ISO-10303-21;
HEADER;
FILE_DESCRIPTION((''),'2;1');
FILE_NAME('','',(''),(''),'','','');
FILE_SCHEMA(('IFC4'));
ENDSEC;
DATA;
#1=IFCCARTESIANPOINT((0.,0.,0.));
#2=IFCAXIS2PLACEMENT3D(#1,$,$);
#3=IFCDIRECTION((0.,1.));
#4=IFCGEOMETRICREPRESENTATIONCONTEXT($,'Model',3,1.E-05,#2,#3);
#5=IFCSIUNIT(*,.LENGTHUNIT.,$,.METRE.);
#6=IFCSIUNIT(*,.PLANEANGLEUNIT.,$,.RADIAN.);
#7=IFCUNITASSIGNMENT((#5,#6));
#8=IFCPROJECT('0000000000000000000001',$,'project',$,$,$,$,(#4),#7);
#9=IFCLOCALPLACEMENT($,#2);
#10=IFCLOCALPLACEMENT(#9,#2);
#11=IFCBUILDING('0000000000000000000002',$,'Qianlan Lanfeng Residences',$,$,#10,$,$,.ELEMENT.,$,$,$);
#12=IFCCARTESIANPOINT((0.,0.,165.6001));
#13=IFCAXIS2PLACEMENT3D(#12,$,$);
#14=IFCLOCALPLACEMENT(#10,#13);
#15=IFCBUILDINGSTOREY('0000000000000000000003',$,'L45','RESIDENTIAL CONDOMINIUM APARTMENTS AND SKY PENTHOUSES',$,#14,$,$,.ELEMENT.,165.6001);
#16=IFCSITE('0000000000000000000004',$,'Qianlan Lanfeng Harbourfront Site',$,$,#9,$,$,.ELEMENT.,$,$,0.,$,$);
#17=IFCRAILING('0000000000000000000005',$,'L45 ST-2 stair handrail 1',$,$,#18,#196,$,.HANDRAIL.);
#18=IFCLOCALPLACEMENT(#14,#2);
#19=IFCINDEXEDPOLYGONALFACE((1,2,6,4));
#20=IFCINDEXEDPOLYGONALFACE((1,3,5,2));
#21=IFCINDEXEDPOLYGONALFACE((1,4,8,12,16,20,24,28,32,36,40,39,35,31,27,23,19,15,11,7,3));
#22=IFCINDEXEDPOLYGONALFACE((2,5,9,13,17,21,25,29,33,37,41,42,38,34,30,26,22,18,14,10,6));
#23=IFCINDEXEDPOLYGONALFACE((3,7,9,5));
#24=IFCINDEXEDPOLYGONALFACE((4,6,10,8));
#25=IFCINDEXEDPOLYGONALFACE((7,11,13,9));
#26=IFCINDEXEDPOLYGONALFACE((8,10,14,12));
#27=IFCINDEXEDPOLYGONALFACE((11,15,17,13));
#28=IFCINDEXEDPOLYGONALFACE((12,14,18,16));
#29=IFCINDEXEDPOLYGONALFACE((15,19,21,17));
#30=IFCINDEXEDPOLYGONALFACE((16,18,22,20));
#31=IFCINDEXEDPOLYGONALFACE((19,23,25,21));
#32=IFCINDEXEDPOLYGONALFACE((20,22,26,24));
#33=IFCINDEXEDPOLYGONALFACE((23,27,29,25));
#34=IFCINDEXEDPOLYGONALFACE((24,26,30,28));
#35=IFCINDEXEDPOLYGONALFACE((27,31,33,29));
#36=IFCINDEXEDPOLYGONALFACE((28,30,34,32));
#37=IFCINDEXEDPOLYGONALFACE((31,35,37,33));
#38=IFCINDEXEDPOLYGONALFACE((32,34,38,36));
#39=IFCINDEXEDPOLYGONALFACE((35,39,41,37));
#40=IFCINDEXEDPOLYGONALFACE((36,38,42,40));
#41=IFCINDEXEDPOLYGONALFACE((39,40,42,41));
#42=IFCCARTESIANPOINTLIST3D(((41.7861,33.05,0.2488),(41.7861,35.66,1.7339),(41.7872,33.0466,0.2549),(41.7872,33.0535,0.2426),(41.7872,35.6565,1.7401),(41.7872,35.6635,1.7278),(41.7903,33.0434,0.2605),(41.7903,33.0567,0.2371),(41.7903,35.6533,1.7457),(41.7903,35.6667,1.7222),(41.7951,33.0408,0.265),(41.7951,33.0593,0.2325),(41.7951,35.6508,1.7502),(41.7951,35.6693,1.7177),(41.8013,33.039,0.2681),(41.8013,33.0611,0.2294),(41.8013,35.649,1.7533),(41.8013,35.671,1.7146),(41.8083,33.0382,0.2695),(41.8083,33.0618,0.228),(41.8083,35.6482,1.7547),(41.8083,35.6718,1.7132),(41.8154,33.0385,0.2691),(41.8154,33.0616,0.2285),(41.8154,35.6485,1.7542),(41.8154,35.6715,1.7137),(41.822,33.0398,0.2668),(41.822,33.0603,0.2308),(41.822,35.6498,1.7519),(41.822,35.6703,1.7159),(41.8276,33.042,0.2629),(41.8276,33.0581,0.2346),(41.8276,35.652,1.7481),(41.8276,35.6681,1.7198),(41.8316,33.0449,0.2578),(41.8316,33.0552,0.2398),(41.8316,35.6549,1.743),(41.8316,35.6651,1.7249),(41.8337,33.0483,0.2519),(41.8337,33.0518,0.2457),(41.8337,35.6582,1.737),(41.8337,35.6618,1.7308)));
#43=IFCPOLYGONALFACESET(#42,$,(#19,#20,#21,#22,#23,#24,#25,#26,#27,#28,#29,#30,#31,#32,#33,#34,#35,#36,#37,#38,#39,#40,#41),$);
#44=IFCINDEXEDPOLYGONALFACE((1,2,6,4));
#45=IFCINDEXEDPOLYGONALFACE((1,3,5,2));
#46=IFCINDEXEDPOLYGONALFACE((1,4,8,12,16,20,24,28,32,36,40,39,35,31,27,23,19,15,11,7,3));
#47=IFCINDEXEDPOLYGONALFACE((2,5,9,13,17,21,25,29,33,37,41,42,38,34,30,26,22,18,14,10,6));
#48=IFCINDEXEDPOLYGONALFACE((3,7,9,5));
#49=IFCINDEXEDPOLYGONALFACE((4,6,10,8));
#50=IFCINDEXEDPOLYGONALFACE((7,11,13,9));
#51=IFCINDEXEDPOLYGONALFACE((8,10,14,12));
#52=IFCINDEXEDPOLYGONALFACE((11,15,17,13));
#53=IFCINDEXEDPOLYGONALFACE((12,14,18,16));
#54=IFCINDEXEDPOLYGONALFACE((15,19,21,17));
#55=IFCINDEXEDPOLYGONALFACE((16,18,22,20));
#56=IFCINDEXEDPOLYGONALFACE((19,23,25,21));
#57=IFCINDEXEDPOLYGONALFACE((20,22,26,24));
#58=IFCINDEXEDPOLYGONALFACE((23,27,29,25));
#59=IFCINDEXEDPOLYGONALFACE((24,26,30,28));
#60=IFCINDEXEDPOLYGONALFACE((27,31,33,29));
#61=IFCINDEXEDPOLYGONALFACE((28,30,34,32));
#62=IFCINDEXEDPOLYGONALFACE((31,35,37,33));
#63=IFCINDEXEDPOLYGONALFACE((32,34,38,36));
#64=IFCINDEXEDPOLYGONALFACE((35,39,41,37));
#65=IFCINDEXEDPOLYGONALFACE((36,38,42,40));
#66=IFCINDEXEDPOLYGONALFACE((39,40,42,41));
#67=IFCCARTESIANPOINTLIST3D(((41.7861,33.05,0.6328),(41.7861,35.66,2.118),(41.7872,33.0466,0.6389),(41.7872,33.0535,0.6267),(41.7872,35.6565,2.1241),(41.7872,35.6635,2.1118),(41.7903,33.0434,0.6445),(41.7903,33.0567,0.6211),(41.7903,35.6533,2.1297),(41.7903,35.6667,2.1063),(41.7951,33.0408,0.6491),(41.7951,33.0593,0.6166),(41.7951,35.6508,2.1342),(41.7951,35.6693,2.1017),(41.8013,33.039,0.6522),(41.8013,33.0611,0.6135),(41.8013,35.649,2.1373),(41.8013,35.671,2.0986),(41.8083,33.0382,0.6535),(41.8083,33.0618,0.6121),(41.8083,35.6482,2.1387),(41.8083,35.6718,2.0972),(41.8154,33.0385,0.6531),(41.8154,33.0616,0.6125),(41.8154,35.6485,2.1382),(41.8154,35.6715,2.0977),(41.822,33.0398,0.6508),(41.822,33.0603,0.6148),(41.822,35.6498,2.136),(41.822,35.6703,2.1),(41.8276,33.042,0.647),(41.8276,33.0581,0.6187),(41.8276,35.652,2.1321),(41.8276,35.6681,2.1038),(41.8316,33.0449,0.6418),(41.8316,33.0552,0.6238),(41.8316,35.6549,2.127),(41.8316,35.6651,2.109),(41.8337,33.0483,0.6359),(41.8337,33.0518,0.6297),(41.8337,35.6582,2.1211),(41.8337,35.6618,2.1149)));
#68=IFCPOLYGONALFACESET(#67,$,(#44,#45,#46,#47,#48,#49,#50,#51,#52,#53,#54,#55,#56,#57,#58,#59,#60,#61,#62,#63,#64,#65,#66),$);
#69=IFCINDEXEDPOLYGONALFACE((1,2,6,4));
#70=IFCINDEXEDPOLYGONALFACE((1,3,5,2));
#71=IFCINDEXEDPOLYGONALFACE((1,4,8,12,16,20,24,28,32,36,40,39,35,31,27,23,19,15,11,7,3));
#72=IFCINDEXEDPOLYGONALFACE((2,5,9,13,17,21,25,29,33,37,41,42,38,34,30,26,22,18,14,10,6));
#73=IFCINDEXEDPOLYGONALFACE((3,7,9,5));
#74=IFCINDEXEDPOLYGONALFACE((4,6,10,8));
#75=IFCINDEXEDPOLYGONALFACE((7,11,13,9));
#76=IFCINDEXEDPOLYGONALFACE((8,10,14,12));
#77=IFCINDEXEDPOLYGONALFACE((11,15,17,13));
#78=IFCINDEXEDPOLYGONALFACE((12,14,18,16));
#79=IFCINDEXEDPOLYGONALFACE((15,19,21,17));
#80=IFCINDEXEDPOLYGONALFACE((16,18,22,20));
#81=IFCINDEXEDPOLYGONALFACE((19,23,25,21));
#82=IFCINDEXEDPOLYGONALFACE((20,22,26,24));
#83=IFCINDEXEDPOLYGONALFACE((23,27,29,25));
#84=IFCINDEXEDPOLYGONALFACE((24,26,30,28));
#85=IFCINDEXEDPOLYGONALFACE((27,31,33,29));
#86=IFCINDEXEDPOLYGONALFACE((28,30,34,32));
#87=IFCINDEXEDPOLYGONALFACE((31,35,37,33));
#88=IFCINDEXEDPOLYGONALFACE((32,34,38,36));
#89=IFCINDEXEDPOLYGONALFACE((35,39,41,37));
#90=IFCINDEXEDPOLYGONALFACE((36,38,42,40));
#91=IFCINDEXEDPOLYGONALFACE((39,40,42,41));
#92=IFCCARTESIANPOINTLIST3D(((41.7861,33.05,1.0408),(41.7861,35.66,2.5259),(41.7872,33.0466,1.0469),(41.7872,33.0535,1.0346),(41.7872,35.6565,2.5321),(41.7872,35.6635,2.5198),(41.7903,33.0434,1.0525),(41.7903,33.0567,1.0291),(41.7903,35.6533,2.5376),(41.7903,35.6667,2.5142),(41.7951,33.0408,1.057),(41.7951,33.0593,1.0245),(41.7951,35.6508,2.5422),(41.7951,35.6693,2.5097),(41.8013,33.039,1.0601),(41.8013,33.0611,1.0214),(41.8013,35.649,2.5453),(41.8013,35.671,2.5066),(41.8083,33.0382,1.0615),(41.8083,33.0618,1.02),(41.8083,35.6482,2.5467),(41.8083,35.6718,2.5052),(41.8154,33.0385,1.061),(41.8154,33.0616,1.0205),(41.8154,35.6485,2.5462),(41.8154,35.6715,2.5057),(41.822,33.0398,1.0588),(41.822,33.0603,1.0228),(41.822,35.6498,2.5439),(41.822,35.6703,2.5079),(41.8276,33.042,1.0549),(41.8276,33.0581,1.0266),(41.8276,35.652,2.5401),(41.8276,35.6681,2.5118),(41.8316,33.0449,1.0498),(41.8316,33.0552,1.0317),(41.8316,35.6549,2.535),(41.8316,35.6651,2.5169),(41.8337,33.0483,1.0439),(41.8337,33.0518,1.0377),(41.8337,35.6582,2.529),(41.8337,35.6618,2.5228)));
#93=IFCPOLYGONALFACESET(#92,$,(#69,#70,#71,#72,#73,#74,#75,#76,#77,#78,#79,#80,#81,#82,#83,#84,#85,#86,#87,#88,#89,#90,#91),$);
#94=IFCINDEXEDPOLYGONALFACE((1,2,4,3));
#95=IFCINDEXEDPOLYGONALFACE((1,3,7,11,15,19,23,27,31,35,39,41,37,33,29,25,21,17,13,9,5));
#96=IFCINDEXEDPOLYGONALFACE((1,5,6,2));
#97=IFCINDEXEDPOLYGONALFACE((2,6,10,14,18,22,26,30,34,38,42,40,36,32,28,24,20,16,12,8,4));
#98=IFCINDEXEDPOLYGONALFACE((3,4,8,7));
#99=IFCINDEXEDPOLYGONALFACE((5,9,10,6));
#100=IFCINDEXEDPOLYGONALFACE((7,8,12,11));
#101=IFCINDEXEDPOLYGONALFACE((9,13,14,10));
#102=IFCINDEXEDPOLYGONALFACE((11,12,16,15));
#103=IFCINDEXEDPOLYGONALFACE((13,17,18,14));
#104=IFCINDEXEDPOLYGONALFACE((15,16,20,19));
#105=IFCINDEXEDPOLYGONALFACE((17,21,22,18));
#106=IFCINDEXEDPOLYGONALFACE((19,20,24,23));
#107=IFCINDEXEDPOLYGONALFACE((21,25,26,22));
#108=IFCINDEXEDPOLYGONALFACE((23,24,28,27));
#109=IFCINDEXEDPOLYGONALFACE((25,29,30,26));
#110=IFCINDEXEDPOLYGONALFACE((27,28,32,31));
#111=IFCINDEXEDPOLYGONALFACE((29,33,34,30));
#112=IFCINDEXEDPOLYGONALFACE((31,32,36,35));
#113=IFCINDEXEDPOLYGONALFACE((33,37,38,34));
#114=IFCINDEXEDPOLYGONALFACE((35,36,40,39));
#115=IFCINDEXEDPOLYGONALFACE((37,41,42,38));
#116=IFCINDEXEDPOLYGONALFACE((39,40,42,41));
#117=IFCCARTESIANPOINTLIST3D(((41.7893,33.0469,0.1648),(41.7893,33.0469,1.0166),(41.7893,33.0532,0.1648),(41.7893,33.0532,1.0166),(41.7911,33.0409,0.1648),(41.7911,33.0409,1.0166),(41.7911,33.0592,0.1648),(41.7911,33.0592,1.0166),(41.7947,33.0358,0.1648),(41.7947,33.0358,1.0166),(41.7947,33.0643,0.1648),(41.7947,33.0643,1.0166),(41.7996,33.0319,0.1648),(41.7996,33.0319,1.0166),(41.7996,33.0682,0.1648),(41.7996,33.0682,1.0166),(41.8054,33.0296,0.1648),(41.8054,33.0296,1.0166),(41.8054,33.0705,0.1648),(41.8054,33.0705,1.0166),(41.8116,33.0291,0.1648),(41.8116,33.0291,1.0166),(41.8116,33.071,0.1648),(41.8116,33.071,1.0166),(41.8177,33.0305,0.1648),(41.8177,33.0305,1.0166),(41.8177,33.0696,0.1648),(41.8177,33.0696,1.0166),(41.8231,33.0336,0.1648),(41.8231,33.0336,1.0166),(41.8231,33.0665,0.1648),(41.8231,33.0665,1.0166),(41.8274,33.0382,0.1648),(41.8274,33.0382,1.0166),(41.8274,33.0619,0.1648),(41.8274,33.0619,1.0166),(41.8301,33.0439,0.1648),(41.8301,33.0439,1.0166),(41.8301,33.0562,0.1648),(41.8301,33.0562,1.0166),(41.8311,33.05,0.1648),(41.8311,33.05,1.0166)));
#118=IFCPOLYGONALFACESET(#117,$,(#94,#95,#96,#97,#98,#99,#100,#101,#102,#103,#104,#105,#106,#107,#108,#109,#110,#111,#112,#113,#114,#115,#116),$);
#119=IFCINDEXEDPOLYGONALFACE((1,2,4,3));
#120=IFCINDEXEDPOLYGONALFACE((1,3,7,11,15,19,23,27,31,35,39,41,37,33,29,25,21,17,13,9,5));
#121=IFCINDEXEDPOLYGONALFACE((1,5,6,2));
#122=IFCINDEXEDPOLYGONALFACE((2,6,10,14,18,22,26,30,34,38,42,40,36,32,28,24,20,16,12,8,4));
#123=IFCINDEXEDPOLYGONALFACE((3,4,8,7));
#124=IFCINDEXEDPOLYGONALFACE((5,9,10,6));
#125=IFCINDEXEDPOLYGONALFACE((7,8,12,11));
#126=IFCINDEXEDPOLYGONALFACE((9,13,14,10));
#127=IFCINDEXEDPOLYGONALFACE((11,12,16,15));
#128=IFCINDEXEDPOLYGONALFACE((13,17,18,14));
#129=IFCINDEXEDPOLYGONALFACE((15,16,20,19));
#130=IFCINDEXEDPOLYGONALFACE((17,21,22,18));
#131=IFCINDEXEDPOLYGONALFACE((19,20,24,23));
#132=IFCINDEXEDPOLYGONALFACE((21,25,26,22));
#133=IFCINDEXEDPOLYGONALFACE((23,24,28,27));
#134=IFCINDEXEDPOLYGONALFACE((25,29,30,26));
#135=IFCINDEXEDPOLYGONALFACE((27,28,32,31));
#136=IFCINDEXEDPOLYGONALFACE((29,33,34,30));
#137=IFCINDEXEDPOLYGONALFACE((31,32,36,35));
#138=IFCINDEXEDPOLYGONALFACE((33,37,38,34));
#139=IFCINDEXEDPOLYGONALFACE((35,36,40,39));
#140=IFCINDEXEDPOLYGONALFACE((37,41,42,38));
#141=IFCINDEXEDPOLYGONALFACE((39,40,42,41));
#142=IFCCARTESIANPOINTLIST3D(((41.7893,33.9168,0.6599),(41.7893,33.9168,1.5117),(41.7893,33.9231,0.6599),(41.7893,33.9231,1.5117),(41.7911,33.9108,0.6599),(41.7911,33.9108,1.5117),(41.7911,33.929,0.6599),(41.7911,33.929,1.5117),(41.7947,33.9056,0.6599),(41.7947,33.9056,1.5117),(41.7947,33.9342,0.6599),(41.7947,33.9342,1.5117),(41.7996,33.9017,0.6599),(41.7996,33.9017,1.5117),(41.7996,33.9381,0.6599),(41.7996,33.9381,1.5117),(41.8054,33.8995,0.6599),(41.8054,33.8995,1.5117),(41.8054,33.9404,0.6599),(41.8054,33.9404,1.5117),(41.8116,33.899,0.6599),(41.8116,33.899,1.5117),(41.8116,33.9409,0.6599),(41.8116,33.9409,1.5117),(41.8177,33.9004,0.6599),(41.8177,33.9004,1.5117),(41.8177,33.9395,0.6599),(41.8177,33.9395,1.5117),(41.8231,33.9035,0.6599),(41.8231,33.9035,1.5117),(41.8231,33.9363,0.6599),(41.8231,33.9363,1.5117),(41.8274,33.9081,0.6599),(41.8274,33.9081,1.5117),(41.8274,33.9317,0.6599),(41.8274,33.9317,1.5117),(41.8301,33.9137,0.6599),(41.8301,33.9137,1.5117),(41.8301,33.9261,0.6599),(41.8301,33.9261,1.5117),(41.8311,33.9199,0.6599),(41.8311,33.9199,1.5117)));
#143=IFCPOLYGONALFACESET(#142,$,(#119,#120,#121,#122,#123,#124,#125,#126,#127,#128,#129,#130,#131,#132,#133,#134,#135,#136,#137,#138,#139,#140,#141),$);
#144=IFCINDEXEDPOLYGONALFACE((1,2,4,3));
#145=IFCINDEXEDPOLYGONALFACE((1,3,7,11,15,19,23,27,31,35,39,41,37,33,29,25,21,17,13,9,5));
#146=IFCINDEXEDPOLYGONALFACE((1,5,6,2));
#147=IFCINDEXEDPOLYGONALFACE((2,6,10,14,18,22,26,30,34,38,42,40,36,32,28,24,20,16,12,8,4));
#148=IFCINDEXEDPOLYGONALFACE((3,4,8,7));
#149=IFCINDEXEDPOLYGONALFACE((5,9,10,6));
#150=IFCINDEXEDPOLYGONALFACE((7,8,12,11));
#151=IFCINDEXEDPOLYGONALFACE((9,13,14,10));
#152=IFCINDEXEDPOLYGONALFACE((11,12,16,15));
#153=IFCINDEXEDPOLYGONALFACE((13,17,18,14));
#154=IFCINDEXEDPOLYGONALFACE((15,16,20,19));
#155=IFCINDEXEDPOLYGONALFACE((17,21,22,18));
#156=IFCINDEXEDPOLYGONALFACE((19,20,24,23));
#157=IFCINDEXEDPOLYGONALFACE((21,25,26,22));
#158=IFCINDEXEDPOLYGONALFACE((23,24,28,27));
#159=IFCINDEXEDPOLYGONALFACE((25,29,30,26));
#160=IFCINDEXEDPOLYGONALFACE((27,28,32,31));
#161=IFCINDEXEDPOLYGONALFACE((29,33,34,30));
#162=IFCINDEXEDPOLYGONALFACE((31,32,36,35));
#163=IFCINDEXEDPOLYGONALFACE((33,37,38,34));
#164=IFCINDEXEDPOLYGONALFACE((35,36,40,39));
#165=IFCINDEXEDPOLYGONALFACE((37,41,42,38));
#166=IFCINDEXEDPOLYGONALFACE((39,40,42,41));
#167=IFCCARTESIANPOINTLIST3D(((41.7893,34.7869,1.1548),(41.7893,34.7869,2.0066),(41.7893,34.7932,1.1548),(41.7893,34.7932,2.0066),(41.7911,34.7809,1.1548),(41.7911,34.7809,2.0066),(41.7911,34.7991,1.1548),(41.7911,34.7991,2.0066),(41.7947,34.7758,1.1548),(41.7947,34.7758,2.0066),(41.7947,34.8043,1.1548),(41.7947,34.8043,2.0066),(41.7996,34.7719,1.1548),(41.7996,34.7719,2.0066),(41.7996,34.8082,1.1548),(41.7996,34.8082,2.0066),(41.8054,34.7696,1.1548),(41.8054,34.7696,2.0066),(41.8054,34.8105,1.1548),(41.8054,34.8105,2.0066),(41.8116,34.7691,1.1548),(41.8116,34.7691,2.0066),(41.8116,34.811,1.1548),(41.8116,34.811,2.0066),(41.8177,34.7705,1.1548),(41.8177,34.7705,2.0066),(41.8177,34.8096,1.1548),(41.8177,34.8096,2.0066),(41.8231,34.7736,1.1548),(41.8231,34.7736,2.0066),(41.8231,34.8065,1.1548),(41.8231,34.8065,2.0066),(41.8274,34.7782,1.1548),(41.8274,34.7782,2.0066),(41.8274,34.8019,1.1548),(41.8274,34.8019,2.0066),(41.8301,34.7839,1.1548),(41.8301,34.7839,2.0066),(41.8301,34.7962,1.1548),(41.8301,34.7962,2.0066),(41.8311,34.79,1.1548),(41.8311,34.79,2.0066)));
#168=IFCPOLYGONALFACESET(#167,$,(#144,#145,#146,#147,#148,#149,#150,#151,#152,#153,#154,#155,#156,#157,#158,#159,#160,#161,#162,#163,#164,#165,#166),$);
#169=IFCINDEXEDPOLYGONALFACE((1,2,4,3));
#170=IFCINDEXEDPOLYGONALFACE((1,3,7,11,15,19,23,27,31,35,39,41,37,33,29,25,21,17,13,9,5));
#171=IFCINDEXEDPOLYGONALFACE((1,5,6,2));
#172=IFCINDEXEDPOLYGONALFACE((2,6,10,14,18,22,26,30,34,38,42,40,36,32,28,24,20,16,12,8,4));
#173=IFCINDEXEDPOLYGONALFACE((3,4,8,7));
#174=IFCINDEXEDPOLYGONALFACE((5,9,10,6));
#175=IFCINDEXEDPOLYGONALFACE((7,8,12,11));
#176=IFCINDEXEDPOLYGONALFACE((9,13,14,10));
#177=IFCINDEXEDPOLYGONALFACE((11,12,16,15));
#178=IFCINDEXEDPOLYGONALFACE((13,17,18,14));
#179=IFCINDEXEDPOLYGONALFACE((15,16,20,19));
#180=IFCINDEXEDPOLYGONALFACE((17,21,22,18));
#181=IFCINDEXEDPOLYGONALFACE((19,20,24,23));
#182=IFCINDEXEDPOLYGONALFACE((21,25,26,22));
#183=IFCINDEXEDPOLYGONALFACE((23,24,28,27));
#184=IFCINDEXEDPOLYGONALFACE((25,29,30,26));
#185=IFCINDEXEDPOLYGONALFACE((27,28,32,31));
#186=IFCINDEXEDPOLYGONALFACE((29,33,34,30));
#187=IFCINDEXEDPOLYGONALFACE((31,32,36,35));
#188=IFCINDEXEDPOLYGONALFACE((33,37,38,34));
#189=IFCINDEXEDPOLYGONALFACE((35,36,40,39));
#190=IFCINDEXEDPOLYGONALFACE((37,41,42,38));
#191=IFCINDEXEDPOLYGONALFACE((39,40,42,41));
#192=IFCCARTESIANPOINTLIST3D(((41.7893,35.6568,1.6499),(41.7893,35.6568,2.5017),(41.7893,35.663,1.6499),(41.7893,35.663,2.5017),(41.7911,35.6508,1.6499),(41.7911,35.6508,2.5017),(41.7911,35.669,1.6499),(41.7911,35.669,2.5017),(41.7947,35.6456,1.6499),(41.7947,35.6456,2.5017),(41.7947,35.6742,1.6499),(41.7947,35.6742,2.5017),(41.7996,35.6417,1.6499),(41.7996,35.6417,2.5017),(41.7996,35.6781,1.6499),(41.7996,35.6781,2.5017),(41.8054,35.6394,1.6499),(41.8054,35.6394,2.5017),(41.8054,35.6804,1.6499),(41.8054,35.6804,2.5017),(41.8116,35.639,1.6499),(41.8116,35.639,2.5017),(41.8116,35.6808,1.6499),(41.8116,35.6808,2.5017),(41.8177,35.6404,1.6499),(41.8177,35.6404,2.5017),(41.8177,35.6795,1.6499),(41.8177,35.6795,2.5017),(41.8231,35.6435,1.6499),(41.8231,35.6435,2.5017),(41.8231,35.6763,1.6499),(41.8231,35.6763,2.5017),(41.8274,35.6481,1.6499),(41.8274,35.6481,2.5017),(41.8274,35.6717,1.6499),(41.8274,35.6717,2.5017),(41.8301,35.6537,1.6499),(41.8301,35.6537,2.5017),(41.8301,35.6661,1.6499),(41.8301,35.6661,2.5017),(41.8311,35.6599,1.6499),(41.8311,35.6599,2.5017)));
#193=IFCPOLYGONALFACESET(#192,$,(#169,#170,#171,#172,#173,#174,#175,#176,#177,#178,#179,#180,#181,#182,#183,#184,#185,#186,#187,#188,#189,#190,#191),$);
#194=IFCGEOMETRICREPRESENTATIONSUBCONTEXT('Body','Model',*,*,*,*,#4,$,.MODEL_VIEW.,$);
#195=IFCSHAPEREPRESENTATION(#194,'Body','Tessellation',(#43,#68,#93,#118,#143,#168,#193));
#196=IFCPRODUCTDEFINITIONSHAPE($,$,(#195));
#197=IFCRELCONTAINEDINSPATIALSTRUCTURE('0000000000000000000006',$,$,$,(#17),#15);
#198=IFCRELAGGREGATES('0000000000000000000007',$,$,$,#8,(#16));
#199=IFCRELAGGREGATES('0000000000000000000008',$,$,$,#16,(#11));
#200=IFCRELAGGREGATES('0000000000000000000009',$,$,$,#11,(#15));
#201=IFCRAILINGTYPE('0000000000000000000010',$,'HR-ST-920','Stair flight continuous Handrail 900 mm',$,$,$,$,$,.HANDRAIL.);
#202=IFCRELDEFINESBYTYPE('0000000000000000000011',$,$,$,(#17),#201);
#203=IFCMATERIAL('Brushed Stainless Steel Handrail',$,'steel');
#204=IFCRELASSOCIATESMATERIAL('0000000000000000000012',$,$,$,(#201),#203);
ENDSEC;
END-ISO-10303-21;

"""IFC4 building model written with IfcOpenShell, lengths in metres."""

from ifc_helpers import new_model, si_unit, direction, frame, origin, origin_2d, place, context, subcontext, project, spatial, circle, extrude, material, type_object, element, save


model = new_model("IFC4")

# Units and contexts
model_context = context("Model", 3, precision=1e-05, world=origin(), true_north=direction((0.0, 1.0)))
body_context = subcontext(model_context, "Body", "Model", "MODEL_VIEW")
ifc_project = project(units=[si_unit("LENGTHUNIT", "METRE"), si_unit("PLANEANGLEUNIT", "RADIAN")], contexts=[model_context])

# Site, building, storey
site_placement = place(None, origin())
site = spatial("IfcSite", under=ifc_project, at=site_placement, Name="Qianlan Lanfeng Harbourfront Site", CompositionType="ELEMENT", RefElevation=0.0)
building_placement = place(site_placement, origin())
building = spatial("IfcBuilding", under=site, at=building_placement, Name="Qianlan Lanfeng Residences", CompositionType="ELEMENT")
storey_placement = place(building_placement, frame((0.0, 0.0, 165.6001)))
storey = spatial("IfcBuildingStorey", under=building, at=storey_placement, Name="L45", Description="RESIDENTIAL CONDOMINIUM APARTMENTS AND SKY PENTHOUSES", CompositionType="ELEMENT", Elevation=165.6001)

# Railing
ifc_material_1 = material(Name="Brushed Stainless Steel Handrail", Category="steel")
railing_type_1 = type_object("IfcRailingType", Name="HR-ST-920", Description="Stair flight continuous Handrail 900 mm", PredefinedType="HANDRAIL", material=ifc_material_1)
railing_1_placement = place(storey_placement, frame((41.8101, 33.05, 0.1648)))
element("IfcRailing", 1, at=railing_1_placement, inside=storey, type_object=railing_type_1, Name="L45 ST-2 stair handrail 1", PredefinedType="HANDRAIL", context=body_context, shape_type="SweptSolid", body=[
    extrude(circle(Radius=0.0239, at=origin_2d()), frame((0.0, 0.0, 0.084), z_axis=(0.0, 0.869137, 0.494571), x_axis=(-1.0, 0.0, 0.0)), (0.0, 0.0, 1.0), 3.0029),
    extrude(circle(Radius=0.0239, at=origin_2d()), frame((0.0, 0.0, 0.468), z_axis=(0.0, 0.869137, 0.494571), x_axis=(-1.0, 0.0, 0.0)), (0.0, 0.0, 1.0), 3.0029),
    extrude(circle(Radius=0.0239, at=origin_2d()), frame((0.0, 0.0, 0.876), z_axis=(0.0, 0.869137, 0.494571), x_axis=(-1.0, 0.0, 0.0)), (0.0, 0.0, 1.0), 3.0029),
    extrude(circle(Radius=0.021, at=origin_2d()), origin(), (0.0, 0.0, 1.0), 0.8518),
    extrude(circle(Radius=0.021, at=origin_2d()), frame((0.0, 0.8699, 0.4951)), (0.0, 0.0, 1.0), 0.8518),
    extrude(circle(Radius=0.021, at=origin_2d()), frame((0.0, 1.74, 0.99)), (0.0, 0.0, 1.0), 0.8518),
    extrude(circle(Radius=0.021, at=origin_2d()), frame((0.0, 2.6099, 1.4851)), (0.0, 0.0, 1.0), 0.8518),
])

save(model, "model.ifc")
